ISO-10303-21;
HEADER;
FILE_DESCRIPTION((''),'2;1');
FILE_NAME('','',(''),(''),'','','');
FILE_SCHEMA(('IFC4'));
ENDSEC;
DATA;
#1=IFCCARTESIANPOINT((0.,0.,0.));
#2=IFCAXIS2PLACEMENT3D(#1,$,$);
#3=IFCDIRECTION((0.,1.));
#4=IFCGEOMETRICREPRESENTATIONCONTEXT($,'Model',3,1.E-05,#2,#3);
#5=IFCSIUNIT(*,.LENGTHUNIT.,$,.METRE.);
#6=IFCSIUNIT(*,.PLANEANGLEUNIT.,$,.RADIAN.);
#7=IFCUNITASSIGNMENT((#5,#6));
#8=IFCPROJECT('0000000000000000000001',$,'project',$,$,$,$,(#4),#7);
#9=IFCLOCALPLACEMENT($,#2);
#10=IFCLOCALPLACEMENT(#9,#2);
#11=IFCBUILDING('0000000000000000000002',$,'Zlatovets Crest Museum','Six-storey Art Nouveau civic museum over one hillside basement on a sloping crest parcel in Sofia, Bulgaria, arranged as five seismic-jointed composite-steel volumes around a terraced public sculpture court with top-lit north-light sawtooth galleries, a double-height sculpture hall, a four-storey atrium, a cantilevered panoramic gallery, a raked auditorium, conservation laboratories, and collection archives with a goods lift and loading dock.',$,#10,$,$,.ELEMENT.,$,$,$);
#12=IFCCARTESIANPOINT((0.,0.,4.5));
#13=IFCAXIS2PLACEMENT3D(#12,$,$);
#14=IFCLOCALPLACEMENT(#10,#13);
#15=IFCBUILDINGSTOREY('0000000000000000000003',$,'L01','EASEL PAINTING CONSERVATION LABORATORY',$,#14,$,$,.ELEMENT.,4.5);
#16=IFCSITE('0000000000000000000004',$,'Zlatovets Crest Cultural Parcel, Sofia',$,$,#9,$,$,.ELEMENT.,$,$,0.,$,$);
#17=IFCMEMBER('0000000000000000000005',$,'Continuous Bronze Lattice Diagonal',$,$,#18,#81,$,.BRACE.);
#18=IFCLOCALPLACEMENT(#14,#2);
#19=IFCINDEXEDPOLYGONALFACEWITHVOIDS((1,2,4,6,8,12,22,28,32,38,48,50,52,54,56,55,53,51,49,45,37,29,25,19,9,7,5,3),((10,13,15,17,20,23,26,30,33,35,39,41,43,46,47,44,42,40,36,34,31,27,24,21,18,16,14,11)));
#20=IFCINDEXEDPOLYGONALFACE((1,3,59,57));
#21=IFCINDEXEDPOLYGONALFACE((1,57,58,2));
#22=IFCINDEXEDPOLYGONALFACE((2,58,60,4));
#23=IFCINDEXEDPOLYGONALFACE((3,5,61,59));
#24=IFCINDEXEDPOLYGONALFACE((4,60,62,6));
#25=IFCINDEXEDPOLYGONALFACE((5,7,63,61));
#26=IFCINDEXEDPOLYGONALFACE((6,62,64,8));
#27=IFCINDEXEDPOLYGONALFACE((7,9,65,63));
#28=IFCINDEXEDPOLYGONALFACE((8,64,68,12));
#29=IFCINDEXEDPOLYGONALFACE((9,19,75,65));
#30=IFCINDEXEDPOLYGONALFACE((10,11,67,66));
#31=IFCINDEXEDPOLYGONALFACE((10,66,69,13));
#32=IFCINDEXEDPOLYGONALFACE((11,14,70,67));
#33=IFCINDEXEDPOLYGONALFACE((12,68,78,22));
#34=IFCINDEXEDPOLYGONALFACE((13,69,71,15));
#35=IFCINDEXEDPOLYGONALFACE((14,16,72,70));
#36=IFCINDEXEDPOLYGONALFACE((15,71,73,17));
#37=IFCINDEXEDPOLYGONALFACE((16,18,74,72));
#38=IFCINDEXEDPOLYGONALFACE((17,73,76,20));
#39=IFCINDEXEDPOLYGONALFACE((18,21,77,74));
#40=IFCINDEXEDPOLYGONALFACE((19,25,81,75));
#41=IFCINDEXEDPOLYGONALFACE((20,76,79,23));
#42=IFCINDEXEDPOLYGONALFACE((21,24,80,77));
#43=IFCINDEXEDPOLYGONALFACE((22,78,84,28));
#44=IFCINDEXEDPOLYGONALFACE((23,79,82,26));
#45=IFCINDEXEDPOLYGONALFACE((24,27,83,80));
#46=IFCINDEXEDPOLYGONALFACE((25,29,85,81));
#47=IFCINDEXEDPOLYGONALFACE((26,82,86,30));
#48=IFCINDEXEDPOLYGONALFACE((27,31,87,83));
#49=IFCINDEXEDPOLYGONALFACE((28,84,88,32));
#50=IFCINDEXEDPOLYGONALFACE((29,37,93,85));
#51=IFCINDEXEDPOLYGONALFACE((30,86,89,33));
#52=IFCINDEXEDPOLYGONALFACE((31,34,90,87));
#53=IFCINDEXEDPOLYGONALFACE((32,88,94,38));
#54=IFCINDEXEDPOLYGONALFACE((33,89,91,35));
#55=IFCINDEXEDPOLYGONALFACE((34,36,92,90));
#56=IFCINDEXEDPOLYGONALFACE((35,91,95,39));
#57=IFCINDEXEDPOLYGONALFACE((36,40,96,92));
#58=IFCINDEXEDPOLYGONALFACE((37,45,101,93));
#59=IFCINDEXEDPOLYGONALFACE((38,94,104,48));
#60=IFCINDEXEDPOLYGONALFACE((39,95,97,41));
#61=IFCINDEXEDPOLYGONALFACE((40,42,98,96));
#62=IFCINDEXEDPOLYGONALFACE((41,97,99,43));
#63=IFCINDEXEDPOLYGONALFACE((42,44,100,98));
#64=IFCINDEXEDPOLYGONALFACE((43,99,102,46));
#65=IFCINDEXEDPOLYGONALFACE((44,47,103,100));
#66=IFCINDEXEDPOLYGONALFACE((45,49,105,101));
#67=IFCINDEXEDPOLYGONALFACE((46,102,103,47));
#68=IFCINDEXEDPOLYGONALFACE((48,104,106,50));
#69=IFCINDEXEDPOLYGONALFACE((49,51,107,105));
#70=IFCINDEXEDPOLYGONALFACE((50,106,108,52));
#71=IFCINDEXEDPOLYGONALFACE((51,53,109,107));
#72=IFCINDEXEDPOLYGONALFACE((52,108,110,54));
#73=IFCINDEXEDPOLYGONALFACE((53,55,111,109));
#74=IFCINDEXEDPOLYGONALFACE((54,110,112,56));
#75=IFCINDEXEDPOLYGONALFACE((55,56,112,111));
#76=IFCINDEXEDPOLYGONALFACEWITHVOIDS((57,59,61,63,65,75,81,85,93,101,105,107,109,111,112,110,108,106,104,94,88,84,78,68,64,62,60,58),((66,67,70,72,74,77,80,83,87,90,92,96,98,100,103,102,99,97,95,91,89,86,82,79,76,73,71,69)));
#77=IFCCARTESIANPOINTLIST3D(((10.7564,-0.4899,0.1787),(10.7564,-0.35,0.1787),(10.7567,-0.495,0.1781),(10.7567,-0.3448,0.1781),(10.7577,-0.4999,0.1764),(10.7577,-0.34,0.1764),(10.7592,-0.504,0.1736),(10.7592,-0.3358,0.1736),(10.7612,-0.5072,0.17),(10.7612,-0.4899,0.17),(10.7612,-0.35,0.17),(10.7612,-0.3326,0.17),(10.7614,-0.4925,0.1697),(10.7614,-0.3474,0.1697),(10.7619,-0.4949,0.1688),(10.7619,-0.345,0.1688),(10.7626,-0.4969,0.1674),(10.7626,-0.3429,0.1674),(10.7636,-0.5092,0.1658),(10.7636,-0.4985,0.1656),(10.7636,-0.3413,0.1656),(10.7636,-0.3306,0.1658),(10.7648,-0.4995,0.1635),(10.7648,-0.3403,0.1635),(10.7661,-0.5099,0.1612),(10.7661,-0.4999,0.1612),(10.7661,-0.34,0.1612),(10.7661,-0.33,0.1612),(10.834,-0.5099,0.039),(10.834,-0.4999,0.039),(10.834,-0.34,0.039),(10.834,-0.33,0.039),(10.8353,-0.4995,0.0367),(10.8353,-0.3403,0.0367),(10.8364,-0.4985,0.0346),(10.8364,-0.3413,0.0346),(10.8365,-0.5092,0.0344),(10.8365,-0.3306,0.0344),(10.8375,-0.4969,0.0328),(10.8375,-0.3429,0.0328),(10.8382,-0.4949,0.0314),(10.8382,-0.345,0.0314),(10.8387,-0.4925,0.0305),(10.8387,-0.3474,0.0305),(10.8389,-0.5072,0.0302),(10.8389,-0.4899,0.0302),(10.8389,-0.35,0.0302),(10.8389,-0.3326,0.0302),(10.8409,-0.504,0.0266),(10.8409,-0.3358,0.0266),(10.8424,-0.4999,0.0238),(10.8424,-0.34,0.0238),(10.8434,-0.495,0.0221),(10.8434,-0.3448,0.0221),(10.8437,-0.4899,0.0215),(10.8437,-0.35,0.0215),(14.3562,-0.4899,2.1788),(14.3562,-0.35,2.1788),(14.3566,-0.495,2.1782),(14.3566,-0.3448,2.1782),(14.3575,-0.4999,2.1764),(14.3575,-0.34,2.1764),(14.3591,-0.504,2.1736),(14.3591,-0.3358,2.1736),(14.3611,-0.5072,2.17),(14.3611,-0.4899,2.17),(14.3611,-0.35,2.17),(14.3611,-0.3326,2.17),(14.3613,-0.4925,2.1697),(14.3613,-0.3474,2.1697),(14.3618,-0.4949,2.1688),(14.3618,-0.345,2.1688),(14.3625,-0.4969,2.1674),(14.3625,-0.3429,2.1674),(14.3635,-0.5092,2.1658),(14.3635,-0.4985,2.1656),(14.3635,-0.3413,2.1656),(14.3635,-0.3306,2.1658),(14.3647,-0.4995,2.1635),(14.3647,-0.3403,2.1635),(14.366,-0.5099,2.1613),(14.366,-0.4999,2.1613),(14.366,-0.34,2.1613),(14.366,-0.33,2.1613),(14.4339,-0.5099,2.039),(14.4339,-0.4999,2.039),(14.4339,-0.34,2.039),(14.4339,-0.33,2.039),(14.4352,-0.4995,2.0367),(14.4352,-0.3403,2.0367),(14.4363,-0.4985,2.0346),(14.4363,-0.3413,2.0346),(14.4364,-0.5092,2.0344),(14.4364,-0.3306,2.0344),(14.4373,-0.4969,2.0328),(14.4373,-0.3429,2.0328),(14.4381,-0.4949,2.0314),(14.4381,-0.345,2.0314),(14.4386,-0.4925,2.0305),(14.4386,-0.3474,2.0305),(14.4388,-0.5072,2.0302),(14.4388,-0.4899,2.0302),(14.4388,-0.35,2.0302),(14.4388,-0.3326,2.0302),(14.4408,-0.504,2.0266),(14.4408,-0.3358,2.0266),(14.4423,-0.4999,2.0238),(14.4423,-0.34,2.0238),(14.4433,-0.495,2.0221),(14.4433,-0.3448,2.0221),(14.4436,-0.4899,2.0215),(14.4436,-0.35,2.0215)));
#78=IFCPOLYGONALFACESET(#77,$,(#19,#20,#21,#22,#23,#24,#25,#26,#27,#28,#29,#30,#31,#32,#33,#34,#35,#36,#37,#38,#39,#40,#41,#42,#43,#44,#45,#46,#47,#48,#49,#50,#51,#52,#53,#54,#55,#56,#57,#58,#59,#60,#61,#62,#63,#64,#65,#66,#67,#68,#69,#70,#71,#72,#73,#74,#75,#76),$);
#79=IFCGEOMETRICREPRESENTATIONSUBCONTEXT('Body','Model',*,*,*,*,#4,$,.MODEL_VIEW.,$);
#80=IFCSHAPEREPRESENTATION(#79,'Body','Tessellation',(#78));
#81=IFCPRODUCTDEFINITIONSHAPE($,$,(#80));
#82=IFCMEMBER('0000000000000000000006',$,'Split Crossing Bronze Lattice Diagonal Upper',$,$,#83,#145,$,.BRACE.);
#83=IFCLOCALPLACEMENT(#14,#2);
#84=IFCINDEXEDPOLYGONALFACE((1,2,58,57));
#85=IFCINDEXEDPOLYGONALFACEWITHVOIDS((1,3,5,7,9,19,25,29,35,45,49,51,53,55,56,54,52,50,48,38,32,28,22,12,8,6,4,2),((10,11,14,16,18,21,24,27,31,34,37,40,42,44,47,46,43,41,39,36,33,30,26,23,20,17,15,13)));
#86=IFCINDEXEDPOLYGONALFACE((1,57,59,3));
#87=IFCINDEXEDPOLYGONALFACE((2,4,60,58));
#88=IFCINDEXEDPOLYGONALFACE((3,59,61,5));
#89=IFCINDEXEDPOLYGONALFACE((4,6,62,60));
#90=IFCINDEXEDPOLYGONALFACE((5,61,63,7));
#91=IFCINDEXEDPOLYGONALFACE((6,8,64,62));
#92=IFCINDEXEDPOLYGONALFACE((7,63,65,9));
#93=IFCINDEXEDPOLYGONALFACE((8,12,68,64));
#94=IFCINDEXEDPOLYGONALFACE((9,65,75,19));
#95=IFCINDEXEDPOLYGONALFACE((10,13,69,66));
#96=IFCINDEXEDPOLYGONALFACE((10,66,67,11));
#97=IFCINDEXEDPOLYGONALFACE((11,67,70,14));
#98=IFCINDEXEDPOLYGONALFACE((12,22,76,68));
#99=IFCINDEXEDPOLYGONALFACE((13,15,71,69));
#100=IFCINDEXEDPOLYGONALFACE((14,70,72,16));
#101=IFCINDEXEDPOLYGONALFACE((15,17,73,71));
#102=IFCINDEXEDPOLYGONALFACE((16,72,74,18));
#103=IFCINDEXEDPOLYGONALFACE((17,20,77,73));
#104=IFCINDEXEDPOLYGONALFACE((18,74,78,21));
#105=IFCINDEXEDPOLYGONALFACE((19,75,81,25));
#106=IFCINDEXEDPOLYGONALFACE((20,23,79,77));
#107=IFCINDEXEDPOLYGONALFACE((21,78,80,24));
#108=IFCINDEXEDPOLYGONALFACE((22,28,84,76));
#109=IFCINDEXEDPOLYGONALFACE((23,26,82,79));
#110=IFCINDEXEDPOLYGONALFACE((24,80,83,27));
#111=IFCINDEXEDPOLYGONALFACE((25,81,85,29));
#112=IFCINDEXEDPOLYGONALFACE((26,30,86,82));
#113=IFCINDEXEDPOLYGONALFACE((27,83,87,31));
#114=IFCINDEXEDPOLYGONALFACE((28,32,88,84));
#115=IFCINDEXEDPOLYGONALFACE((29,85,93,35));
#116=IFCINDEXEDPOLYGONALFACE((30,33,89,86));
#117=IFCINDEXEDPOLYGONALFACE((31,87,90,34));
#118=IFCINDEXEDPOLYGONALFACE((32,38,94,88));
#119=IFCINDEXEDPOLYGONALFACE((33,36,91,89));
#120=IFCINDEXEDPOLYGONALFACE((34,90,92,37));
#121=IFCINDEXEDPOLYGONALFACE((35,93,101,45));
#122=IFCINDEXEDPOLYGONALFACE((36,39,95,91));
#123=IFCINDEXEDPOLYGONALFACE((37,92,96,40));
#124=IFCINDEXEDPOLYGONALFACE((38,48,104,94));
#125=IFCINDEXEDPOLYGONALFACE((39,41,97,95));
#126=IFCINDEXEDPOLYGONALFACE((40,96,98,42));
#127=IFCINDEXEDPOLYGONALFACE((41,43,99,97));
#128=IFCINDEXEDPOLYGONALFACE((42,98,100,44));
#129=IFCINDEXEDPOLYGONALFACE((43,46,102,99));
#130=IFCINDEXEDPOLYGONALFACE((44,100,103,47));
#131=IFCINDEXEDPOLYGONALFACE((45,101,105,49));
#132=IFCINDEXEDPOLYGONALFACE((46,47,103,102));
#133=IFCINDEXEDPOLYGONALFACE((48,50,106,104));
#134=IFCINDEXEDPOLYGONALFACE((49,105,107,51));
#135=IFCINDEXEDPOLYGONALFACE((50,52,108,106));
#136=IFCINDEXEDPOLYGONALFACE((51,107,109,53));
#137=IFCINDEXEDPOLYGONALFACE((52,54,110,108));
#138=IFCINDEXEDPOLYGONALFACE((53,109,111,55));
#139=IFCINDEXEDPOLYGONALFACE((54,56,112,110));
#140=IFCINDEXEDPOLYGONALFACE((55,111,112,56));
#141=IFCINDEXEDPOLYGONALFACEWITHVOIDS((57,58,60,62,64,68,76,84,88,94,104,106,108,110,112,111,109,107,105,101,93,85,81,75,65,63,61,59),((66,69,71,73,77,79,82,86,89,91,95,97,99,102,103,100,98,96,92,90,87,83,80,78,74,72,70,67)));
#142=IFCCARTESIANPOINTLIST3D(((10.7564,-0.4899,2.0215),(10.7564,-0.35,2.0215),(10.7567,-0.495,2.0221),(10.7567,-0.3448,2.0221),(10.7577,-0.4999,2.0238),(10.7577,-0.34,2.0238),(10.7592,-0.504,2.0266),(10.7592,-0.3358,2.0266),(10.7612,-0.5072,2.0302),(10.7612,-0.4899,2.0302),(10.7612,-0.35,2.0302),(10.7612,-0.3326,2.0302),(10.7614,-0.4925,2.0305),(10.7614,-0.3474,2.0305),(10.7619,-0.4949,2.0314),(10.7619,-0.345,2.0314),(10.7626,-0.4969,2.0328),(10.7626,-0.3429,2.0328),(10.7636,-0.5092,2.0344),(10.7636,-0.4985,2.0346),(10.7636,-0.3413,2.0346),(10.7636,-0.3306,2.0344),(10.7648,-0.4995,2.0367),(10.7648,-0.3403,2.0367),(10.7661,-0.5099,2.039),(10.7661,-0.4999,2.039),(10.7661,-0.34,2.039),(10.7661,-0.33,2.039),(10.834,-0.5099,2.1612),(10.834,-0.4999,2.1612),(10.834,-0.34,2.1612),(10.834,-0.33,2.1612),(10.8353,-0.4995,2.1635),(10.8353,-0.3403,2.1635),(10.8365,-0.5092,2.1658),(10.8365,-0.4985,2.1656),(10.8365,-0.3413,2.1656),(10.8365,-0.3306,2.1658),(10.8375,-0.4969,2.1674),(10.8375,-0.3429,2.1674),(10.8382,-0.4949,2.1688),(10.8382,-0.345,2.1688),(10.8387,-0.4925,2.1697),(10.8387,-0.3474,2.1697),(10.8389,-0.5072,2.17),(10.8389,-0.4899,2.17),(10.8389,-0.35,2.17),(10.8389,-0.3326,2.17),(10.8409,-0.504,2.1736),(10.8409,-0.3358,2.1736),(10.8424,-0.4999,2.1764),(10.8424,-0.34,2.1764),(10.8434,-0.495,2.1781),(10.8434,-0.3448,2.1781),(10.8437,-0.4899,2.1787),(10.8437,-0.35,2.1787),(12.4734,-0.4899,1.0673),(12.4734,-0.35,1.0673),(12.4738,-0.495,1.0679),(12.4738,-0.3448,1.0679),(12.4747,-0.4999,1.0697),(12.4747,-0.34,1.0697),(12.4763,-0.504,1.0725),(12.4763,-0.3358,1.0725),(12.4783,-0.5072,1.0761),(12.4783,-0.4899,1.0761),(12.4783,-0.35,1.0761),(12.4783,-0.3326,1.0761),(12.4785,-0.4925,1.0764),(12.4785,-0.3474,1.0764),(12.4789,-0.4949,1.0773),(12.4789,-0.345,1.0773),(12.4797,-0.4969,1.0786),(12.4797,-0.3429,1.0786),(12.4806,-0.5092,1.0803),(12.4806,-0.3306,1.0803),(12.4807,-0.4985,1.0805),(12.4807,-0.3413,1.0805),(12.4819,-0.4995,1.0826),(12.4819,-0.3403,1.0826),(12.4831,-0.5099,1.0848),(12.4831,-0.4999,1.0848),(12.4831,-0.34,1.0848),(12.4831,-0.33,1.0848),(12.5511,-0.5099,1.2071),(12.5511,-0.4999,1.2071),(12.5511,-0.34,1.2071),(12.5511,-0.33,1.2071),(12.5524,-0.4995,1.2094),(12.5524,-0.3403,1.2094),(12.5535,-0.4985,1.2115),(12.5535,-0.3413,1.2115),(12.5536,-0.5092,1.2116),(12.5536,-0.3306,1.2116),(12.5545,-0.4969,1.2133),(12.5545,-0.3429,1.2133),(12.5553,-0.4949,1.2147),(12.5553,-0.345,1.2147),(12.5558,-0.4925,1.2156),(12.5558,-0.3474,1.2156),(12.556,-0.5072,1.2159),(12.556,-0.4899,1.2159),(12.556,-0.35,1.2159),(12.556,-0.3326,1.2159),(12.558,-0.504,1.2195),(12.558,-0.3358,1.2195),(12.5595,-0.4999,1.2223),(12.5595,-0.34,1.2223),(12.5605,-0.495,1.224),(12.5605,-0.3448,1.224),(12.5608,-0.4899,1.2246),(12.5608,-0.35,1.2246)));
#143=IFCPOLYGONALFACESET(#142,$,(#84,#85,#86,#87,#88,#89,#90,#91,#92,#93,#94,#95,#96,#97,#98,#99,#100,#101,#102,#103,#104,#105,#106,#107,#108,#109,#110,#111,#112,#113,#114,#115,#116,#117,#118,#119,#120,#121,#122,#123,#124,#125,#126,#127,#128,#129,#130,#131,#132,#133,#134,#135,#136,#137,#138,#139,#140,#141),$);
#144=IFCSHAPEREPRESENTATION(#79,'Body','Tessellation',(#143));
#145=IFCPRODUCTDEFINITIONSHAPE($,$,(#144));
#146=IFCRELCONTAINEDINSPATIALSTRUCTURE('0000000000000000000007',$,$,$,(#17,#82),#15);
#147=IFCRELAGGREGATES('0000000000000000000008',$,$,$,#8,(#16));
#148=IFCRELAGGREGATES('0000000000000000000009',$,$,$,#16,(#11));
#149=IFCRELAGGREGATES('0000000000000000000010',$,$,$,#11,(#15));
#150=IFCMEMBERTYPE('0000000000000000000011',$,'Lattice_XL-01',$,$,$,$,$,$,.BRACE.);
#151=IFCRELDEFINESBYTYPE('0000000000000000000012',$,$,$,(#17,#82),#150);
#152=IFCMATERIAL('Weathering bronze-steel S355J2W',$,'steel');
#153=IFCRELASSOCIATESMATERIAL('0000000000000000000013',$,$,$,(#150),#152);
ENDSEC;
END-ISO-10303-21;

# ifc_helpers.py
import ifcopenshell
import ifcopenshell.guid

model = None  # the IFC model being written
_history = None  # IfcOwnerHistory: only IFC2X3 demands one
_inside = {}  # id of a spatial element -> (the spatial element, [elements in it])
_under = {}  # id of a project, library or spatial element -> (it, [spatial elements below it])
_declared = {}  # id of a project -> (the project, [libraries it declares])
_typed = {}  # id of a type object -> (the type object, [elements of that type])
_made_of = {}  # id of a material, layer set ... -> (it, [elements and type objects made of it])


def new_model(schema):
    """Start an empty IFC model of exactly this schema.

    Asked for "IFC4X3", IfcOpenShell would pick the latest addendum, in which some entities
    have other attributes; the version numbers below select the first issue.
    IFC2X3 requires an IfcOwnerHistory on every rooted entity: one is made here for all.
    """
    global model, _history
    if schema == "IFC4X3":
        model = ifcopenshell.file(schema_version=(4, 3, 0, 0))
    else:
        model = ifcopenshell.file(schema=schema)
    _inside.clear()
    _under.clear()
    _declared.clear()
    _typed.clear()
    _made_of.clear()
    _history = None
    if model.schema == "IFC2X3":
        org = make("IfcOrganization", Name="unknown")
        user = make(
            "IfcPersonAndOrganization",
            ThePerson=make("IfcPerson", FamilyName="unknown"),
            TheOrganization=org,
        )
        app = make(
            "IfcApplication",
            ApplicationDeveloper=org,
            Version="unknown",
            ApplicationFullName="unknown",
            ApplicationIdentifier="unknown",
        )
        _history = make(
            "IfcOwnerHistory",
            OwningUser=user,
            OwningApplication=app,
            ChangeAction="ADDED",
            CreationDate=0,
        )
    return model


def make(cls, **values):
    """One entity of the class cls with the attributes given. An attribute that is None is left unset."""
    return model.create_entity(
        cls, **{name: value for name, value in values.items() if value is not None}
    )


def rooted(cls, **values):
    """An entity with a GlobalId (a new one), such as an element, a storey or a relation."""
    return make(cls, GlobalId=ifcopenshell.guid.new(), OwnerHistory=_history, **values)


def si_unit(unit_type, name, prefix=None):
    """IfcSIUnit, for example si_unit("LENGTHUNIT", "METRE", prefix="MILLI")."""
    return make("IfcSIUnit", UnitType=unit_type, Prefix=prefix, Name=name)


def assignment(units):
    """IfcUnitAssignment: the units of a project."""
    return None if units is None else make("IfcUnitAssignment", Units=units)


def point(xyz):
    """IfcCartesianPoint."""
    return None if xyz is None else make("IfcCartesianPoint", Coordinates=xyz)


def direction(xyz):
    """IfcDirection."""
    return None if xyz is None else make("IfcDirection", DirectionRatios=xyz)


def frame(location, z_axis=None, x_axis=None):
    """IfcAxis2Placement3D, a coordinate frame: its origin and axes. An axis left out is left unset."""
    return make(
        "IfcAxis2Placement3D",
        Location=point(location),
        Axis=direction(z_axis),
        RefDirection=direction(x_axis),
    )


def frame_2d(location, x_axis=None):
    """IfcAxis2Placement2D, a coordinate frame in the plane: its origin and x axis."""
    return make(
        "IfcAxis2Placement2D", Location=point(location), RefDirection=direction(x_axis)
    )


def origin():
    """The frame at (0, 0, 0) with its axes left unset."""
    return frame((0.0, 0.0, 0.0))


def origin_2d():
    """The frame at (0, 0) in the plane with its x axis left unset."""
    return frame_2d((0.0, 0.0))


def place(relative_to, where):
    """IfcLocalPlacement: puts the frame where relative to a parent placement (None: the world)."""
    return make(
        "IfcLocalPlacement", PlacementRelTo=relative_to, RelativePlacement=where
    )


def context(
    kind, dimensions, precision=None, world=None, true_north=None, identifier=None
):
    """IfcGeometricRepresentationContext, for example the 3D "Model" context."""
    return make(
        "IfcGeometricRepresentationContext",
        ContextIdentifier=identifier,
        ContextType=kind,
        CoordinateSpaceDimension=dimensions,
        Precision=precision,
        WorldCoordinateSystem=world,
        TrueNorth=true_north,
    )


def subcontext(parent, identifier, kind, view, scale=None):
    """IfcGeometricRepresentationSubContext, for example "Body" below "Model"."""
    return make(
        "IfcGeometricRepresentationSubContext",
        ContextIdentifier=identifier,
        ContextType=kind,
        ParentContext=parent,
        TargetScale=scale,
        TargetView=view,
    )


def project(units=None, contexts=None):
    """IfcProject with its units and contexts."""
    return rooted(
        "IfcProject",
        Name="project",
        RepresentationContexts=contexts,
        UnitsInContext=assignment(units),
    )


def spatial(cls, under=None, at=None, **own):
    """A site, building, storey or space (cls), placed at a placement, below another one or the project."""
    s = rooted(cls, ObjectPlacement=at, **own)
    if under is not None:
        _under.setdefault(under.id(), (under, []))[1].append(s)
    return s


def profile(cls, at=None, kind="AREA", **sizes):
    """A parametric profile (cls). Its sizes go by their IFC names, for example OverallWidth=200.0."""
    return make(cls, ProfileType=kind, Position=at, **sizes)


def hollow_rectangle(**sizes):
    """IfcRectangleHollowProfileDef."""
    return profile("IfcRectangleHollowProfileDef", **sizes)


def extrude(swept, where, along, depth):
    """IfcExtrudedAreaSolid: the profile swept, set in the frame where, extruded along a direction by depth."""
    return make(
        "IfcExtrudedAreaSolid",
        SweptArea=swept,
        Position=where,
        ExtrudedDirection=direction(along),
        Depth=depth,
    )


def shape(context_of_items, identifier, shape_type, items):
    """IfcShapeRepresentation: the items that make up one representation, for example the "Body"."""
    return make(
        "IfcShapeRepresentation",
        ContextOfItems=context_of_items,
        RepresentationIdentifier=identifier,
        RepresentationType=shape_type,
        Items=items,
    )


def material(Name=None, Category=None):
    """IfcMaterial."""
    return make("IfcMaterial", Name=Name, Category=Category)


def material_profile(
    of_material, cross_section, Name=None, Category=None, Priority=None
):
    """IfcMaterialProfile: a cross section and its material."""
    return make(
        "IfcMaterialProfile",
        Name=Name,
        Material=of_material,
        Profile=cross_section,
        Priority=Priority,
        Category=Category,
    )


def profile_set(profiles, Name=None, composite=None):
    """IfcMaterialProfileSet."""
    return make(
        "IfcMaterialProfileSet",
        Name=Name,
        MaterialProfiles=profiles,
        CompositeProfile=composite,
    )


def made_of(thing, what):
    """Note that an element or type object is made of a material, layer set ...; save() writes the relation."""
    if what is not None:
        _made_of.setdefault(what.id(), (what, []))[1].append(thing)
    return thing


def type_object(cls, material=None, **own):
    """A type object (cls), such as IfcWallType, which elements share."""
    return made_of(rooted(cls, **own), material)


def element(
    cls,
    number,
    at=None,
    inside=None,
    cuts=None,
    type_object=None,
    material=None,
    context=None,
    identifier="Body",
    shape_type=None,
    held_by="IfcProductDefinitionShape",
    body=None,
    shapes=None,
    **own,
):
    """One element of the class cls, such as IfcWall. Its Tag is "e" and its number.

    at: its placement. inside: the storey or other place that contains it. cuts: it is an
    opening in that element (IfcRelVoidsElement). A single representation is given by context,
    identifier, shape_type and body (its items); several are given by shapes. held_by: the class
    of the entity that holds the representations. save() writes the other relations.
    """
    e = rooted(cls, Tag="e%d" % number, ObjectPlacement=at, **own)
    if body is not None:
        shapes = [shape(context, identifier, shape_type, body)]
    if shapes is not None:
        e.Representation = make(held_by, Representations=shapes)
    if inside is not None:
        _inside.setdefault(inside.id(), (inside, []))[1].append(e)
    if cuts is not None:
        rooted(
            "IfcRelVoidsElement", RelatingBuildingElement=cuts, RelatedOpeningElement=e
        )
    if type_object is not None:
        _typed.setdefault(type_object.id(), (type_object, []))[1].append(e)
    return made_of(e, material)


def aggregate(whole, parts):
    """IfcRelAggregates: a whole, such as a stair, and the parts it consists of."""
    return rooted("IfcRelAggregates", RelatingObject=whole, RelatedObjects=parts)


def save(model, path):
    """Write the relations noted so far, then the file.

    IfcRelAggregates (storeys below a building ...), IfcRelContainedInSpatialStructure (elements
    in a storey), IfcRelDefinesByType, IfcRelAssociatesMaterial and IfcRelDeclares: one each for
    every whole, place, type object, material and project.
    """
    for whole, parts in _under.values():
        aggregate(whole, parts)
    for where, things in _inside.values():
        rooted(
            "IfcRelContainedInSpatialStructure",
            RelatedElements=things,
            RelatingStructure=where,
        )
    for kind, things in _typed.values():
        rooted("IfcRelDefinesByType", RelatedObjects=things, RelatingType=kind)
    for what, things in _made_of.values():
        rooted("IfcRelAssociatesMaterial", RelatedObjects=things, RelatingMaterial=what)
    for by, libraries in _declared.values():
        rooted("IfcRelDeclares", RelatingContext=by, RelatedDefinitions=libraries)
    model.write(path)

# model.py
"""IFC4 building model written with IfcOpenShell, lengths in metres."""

from ifc_helpers import new_model, si_unit, direction, frame, origin, origin_2d, place, context, subcontext, project, spatial, hollow_rectangle, extrude, material, material_profile, profile_set, type_object, element, save


model = new_model("IFC4")

# Units and contexts
model_context = context("Model", 3, precision=1e-05, world=origin(), true_north=direction((0.0, 1.0)))
body_context = subcontext(model_context, "Body", "Model", "MODEL_VIEW")
ifc_project = project(units=[si_unit("LENGTHUNIT", "METRE"), si_unit("PLANEANGLEUNIT", "RADIAN")], contexts=[model_context])

# Site, building, storey
site_placement = place(None, origin())
site = spatial("IfcSite", under=ifc_project, at=site_placement, Name="Zlatovets Crest Cultural Parcel, Sofia", CompositionType="ELEMENT", RefElevation=0.0)
building_placement = place(site_placement, origin())
building = spatial("IfcBuilding", under=site, at=building_placement, Name="Zlatovets Crest Museum", Description="Six-storey Art Nouveau civic museum over one hillside basement on a sloping crest parcel in Sofia, Bulgaria, arranged as five seismic-jointed composite-steel volumes around a terraced public sculpture court with top-lit north-light sawtooth galleries, a double-height sculpture hall, a four-storey atrium, a cantilevered panoramic gallery, a raked auditorium, conservation laboratories, and collection archives with a goods lift and loading dock.", CompositionType="ELEMENT")
storey_placement = place(building_placement, frame((0.0, 0.0, 4.5)))
storey = spatial("IfcBuildingStorey", under=building, at=storey_placement, Name="L01", Description="EASEL PAINTING CONSERVATION LABORATORY", CompositionType="ELEMENT", Elevation=4.5)

# Members
ifc_material_1 = material(Name="Weathering bronze-steel S355J2W", Category="steel")
ifc_material_profile_1 = material_profile(ifc_material_1, hollow_rectangle(XDim=0.1799, YDim=0.1799, WallThickness=0.01, InnerFilletRadius=0.01, OuterFilletRadius=0.02, at=origin_2d()), Name="SHS 180x180x10.0")
ifc_profile_set_1 = profile_set([ifc_material_profile_1], Name="Weathering bronze-steel S355J2W")
member_type_1 = type_object("IfcMemberType", Name="Lattice_XL-01", PredefinedType="BRACE", material=ifc_profile_set_1)
member_1_placement = place(storey_placement, frame((10.8, -0.4199, 0.1001), z_axis=(0.874149, 0.0, 0.485658), x_axis=(0.0, 1.0, 0.0)))
element("IfcMember", 1, at=member_1_placement, inside=storey, type_object=member_type_1, Name="Continuous Bronze Lattice Diagonal", PredefinedType="BRACE", context=body_context, shape_type="SweptSolid", body=[
    extrude(hollow_rectangle(XDim=0.1799, YDim=0.1799, WallThickness=0.01, InnerFilletRadius=0.01, OuterFilletRadius=0.02, at=origin_2d()), origin(), (0.0, 0.0, 1.0), 4.1182),
])
member_2_placement = place(storey_placement, frame((10.8, -0.4199, 2.1001), z_axis=(0.874116, 0.0, -0.485717), x_axis=(0.0, 1.0, 0.0)))
element("IfcMember", 2, at=member_2_placement, inside=storey, type_object=member_type_1, Name="Split Crossing Bronze Lattice Diagonal Upper", PredefinedType="BRACE", context=body_context, shape_type="SweptSolid", body=[
    extrude(hollow_rectangle(XDim=0.1799, YDim=0.1799, WallThickness=0.01, InnerFilletRadius=0.01, OuterFilletRadius=0.02, at=origin_2d()), origin(), (0.0, 0.0, 1.0), 1.9644),
])

save(model, "model.ifc")
